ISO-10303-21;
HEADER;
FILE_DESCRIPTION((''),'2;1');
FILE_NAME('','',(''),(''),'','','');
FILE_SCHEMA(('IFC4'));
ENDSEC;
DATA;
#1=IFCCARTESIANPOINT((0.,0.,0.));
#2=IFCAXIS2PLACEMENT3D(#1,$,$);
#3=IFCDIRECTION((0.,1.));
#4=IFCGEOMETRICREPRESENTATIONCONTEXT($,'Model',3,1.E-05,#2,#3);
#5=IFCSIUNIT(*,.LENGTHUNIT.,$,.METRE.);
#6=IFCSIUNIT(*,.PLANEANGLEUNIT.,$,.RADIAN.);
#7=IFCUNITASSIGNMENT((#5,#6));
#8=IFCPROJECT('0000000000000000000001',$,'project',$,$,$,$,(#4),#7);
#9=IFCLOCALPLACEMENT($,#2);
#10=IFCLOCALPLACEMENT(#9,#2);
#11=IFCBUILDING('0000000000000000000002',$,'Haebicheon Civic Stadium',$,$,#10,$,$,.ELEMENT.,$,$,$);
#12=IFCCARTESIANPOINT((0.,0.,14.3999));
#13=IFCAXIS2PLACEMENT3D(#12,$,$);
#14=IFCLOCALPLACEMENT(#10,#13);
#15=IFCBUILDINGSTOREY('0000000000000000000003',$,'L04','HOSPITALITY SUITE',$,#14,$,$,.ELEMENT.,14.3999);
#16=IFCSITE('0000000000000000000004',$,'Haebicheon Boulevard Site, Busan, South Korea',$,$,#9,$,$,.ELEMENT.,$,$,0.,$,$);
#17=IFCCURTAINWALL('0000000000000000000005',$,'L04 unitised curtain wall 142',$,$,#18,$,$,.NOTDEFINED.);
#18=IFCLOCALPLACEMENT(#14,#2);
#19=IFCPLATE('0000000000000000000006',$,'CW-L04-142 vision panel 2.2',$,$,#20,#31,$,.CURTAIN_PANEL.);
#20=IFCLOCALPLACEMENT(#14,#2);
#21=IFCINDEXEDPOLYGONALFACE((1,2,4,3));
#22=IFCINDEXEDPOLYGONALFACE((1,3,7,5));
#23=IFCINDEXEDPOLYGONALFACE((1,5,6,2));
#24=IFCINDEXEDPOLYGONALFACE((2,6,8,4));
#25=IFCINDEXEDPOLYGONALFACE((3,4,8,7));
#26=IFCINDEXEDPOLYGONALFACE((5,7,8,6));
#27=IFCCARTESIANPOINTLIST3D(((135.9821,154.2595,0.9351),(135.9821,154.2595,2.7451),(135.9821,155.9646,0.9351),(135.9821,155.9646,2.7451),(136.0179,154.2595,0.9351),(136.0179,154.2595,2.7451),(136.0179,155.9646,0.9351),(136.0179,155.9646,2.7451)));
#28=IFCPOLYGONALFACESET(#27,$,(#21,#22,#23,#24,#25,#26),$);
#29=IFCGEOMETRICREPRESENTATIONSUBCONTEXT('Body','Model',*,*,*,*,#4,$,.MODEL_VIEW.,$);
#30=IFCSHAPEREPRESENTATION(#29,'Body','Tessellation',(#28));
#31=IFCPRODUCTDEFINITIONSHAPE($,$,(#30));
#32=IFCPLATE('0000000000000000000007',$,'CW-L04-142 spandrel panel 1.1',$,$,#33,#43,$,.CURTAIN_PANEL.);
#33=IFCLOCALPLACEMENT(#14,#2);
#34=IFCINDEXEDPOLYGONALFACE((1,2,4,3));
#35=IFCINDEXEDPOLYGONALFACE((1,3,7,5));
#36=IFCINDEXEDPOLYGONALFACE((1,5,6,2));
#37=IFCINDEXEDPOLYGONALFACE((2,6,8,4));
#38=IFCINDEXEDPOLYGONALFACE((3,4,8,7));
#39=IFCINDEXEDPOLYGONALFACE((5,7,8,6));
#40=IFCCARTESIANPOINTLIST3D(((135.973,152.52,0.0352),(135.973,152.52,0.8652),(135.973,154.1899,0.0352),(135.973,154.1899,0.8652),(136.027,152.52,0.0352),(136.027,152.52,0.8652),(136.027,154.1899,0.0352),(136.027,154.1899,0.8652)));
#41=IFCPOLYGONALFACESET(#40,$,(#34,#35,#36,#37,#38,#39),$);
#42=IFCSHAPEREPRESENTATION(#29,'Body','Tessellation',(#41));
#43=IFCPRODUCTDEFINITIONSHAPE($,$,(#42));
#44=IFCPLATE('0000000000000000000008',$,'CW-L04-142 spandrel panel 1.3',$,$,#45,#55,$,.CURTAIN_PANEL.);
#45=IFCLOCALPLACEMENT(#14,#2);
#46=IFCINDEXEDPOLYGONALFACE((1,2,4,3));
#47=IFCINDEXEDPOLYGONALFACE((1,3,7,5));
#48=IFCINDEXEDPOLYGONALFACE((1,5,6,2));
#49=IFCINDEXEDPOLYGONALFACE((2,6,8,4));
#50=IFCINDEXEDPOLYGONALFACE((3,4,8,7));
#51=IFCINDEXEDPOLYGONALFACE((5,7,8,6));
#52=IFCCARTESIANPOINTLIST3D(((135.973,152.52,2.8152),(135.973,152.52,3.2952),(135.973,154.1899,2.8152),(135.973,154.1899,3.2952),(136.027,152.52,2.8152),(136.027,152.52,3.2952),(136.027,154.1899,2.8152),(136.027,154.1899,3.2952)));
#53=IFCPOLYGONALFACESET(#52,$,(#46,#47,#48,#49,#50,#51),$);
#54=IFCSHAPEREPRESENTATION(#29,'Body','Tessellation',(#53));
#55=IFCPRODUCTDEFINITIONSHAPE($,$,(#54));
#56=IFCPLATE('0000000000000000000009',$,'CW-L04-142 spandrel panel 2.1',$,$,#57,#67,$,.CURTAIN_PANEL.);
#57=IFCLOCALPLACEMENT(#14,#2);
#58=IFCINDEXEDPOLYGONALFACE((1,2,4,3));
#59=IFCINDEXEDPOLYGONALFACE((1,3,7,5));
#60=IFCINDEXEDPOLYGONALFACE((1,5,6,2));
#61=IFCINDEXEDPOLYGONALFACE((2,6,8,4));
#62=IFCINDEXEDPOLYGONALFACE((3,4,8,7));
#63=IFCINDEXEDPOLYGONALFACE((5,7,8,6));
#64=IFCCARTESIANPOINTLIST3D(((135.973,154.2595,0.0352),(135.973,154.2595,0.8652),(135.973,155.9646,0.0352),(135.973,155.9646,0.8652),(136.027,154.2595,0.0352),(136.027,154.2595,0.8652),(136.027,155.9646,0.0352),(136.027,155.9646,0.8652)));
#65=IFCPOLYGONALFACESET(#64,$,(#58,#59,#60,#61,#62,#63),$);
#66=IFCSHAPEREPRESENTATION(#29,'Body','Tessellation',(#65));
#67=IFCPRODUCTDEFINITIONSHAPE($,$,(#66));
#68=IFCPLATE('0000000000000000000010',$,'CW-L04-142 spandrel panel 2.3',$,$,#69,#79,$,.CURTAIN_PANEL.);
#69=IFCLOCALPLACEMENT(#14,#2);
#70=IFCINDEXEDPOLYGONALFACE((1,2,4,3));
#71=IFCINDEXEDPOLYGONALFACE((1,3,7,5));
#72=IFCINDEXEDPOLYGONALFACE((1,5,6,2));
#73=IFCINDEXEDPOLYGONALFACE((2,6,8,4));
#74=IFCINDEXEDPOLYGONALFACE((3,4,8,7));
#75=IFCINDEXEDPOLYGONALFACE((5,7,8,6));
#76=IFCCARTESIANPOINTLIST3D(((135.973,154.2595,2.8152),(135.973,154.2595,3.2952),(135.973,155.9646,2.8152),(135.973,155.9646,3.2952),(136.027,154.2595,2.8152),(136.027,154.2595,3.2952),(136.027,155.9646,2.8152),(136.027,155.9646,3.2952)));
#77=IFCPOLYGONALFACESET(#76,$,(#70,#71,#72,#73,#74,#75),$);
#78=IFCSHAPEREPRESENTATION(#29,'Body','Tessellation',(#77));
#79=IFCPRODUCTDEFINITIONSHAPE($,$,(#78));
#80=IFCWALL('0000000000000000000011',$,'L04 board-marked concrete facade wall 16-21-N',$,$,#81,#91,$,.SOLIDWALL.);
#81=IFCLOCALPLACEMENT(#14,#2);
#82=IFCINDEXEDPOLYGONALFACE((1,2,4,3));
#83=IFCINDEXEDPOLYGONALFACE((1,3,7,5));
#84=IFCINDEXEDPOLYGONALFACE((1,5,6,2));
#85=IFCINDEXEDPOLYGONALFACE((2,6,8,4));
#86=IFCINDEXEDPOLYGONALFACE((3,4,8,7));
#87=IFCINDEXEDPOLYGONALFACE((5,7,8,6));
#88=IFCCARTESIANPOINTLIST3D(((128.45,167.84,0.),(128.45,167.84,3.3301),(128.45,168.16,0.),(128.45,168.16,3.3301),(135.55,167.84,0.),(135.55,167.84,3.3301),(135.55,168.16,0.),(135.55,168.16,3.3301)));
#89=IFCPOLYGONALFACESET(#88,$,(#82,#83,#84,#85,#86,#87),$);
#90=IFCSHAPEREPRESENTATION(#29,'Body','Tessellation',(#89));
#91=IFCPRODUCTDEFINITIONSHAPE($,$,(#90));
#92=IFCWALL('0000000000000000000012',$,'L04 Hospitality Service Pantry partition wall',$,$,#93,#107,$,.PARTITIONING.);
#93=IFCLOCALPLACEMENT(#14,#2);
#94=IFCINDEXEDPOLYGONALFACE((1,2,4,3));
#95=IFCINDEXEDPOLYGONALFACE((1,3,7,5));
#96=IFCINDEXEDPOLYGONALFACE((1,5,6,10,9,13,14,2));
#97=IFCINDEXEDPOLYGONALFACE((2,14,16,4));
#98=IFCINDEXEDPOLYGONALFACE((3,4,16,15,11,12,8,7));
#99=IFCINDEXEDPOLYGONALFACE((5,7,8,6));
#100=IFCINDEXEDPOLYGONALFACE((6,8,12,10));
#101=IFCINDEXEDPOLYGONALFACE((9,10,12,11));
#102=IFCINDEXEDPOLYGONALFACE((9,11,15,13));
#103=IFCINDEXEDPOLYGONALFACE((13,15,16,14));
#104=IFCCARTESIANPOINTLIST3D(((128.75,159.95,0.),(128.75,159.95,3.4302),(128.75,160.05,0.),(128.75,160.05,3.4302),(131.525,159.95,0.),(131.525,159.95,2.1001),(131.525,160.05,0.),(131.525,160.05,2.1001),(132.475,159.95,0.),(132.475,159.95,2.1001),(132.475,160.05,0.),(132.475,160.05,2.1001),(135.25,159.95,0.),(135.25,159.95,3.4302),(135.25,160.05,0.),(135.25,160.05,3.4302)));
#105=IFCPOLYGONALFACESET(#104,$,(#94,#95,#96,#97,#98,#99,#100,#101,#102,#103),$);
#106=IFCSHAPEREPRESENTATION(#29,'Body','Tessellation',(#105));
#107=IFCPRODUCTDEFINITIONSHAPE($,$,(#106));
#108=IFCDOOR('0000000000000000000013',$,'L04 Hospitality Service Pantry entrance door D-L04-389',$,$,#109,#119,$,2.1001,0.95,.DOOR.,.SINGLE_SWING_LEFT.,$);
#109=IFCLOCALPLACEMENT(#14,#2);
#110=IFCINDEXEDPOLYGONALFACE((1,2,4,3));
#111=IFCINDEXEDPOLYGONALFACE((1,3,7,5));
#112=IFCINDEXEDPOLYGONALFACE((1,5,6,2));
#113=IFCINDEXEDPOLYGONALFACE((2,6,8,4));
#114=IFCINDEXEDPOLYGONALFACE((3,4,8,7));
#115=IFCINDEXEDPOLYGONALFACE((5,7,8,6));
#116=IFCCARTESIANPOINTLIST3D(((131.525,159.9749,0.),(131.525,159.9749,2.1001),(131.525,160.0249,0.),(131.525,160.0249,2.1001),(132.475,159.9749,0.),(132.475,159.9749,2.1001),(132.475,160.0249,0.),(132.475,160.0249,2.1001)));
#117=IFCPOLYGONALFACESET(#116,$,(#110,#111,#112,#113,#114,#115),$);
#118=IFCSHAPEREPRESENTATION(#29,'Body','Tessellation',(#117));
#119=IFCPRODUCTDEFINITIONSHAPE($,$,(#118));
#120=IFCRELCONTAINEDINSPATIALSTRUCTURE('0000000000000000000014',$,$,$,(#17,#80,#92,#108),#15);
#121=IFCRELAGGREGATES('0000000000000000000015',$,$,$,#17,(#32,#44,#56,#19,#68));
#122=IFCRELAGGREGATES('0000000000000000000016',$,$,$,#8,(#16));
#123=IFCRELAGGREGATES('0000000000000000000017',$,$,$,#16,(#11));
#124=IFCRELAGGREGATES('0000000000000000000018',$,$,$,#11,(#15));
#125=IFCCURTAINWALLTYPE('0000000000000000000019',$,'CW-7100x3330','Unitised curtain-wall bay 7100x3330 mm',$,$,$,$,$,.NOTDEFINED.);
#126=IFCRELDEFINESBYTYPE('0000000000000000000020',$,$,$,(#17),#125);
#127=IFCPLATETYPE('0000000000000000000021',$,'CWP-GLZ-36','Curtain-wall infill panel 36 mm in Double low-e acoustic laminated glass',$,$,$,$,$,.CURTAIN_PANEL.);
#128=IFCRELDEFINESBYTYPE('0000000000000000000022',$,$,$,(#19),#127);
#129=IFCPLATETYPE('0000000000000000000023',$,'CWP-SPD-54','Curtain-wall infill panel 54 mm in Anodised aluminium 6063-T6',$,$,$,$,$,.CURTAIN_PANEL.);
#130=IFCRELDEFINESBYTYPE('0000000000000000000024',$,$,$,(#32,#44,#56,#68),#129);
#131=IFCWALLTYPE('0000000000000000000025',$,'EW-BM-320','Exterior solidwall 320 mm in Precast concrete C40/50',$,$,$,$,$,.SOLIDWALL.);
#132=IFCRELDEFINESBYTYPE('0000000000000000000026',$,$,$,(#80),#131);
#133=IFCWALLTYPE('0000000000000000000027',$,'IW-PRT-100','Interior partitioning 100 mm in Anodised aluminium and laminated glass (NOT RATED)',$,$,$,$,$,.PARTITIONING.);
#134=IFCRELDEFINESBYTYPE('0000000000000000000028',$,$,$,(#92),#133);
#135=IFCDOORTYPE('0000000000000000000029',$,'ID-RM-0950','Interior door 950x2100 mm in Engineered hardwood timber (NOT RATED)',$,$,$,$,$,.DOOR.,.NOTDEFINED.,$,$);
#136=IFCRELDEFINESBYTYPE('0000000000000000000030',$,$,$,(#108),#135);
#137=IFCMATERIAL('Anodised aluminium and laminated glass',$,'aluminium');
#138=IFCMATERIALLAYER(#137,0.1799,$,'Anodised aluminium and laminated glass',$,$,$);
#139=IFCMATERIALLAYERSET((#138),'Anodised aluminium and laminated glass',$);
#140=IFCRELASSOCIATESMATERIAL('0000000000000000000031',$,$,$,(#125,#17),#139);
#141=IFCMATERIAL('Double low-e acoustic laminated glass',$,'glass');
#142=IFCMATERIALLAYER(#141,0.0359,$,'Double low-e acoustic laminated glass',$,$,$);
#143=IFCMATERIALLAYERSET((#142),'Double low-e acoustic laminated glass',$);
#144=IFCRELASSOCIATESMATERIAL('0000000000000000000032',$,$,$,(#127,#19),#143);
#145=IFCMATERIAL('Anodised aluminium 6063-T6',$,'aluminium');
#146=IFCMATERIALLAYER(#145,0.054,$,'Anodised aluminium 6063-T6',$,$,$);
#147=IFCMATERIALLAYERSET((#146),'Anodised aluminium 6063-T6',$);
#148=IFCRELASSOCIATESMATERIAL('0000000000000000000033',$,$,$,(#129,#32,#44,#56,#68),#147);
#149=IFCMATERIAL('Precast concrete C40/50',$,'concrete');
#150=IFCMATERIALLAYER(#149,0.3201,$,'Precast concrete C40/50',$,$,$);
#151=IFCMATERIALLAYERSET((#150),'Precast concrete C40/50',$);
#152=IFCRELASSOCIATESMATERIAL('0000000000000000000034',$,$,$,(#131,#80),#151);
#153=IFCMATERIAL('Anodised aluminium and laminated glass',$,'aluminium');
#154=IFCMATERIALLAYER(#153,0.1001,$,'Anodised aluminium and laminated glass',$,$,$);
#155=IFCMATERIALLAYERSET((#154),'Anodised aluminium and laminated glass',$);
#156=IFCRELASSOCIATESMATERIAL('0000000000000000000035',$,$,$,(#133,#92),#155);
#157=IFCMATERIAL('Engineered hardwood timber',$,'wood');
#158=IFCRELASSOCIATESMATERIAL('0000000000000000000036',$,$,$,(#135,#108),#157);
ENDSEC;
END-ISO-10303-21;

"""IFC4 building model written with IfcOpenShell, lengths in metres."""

from ifc_helpers import new_model, si_unit, direction, frame, frame_2d, origin, origin_2d, place, context, subcontext, project, spatial, rectangle, extrude, material, layer, layer_set, type_object, element, fill, aggregate, save


model = new_model("IFC4")

# Units and contexts
model_context = context("Model", 3, precision=1e-05, world=origin(), true_north=direction((0.0, 1.0)))
body_context = subcontext(model_context, "Body", "Model", "MODEL_VIEW")
ifc_project = project(units=[si_unit("LENGTHUNIT", "METRE"), si_unit("PLANEANGLEUNIT", "RADIAN")], contexts=[model_context])

# Site, building, storey
site_placement = place(None, origin())
site = spatial("IfcSite", under=ifc_project, at=site_placement, Name="Haebicheon Boulevard Site, Busan, South Korea", CompositionType="ELEMENT", RefElevation=0.0)
building_placement = place(site_placement, origin())
building = spatial("IfcBuilding", under=site, at=building_placement, Name="Haebicheon Civic Stadium", CompositionType="ELEMENT")
storey_placement = place(building_placement, frame((0.0, 0.0, 14.3999)))
storey = spatial("IfcBuildingStorey", under=building, at=storey_placement, Name="L04", Description="HOSPITALITY SUITE", CompositionType="ELEMENT", Elevation=14.3999)

# Curtain wall
ifc_material_1 = material(Name="Anodised aluminium and laminated glass", Category="aluminium")
ifc_layer_1 = layer(ifc_material_1, 0.1799, Name="Anodised aluminium and laminated glass")
ifc_layer_set_1 = layer_set([ifc_layer_1], Name="Anodised aluminium and laminated glass")
curtain_wall_type = type_object("IfcCurtainWallType", Name="CW-7100x3330", Description="Unitised curtain-wall bay 7100x3330 mm", PredefinedType="NOTDEFINED", material=ifc_layer_set_1)
curtain_wall_placement = place(storey_placement, origin())
curtain_wall = element("IfcCurtainWall", 1, at=curtain_wall_placement, inside=storey, type_object=curtain_wall_type, material=ifc_layer_set_1, Name="L04 unitised curtain wall 142", PredefinedType="NOTDEFINED")

# Plates
ifc_material_2 = material(Name="Double low-e acoustic laminated glass", Category="glass")
ifc_layer_2 = layer(ifc_material_2, 0.0359, Name="Double low-e acoustic laminated glass")
ifc_layer_set_2 = layer_set([ifc_layer_2], Name="Double low-e acoustic laminated glass")
plate_type_1 = type_object("IfcPlateType", Name="CWP-GLZ-36", Description="Curtain-wall infill panel 36 mm in Double low-e acoustic laminated glass", PredefinedType="CURTAIN_PANEL", material=ifc_layer_set_2)
plate_1_placement = place(storey_placement, frame((136.0, 155.1121, 0.9351), z_axis=(0.0, 0.0, 1.0), x_axis=(0.0, 1.0, 0.0)))
plate_1 = element("IfcPlate", 2, at=plate_1_placement, type_object=plate_type_1, material=ifc_layer_set_2, Name="CW-L04-142 vision panel 2.2", PredefinedType="CURTAIN_PANEL", context=body_context, shape_type="SweptSolid", body=[
    extrude(rectangle(XDim=1.7051, YDim=0.0359, at=origin_2d()), origin(), (0.0, 0.0, 1.0), 1.8101),
])
ifc_material_3 = material(Name="Anodised aluminium 6063-T6", Category="aluminium")
ifc_layer_3 = layer(ifc_material_3, 0.054, Name="Anodised aluminium 6063-T6")
ifc_layer_set_3 = layer_set([ifc_layer_3], Name="Anodised aluminium 6063-T6")
plate_type_2 = type_object("IfcPlateType", Name="CWP-SPD-54", Description="Curtain-wall infill panel 54 mm in Anodised aluminium 6063-T6", PredefinedType="CURTAIN_PANEL", material=ifc_layer_set_3)
plate_2_placement = place(storey_placement, frame((136.0, 153.355, 0.0352), z_axis=(0.0, 0.0, 1.0), x_axis=(0.0, 1.0, 0.0)))
plate_2 = element("IfcPlate", 3, at=plate_2_placement, type_object=plate_type_2, material=ifc_layer_set_3, Name="CW-L04-142 spandrel panel 1.1", PredefinedType="CURTAIN_PANEL", context=body_context, shape_type="SweptSolid", body=[
    extrude(rectangle(XDim=1.6699, YDim=0.054, at=origin_2d()), origin(), (0.0, 0.0, 1.0), 0.8301),
])
plate_3_placement = place(storey_placement, frame((136.0, 153.355, 2.8152), z_axis=(0.0, 0.0, 1.0), x_axis=(0.0, 1.0, 0.0)))
plate_3 = element("IfcPlate", 4, at=plate_3_placement, type_object=plate_type_2, material=ifc_layer_set_3, Name="CW-L04-142 spandrel panel 1.3", PredefinedType="CURTAIN_PANEL", context=body_context, shape_type="SweptSolid", body=[
    extrude(rectangle(XDim=1.6699, YDim=0.054, at=origin_2d()), origin(), (0.0, 0.0, 1.0), 0.48),
])
plate_4_placement = place(storey_placement, frame((136.0, 155.1121, 0.0352), z_axis=(0.0, 0.0, 1.0), x_axis=(0.0, 1.0, 0.0)))
plate_4 = element("IfcPlate", 5, at=plate_4_placement, type_object=plate_type_2, material=ifc_layer_set_3, Name="CW-L04-142 spandrel panel 2.1", PredefinedType="CURTAIN_PANEL", context=body_context, shape_type="SweptSolid", body=[
    extrude(rectangle(XDim=1.7051, YDim=0.054, at=origin_2d()), origin(), (0.0, 0.0, 1.0), 0.8301),
])
plate_5_placement = place(storey_placement, frame((136.0, 155.1121, 2.8152), z_axis=(0.0, 0.0, 1.0), x_axis=(0.0, 1.0, 0.0)))
plate_5 = element("IfcPlate", 6, at=plate_5_placement, type_object=plate_type_2, material=ifc_layer_set_3, Name="CW-L04-142 spandrel panel 2.3", PredefinedType="CURTAIN_PANEL", context=body_context, shape_type="SweptSolid", body=[
    extrude(rectangle(XDim=1.7051, YDim=0.054, at=origin_2d()), origin(), (0.0, 0.0, 1.0), 0.48),
])
aggregate(curtain_wall, [plate_2, plate_3, plate_4, plate_1, plate_5])

# Wall
ifc_material_4 = material(Name="Precast concrete C40/50", Category="concrete")
ifc_layer_4 = layer(ifc_material_4, 0.3201, Name="Precast concrete C40/50")
ifc_layer_set_4 = layer_set([ifc_layer_4], Name="Precast concrete C40/50")
wall_type_1 = type_object("IfcWallType", Name="EW-BM-320", Description="Exterior solidwall 320 mm in Precast concrete C40/50", PredefinedType="SOLIDWALL", material=ifc_layer_set_4)
wall_1_placement = place(storey_placement, frame((128.45, 168.0, 0.0), z_axis=(0.0, 0.0, 1.0), x_axis=(1.0, 0.0, 0.0)))
element("IfcWall", 7, at=wall_1_placement, inside=storey, type_object=wall_type_1, material=ifc_layer_set_4, Name="L04 board-marked concrete facade wall 16-21-N", PredefinedType="SOLIDWALL", context=body_context, shape_type="SweptSolid", body=[
    extrude(rectangle(XDim=7.1001, YDim=0.3201, at=frame_2d((3.55, 0.0))), origin(), (0.0, 0.0, 1.0), 3.3301),
])

# Wall, opening, door
ifc_material_5 = material(Name="Anodised aluminium and laminated glass", Category="aluminium")
ifc_layer_5 = layer(ifc_material_5, 0.1001, Name="Anodised aluminium and laminated glass")
ifc_layer_set_5 = layer_set([ifc_layer_5], Name="Anodised aluminium and laminated glass")
wall_type_2 = type_object("IfcWallType", Name="IW-PRT-100", Description="Interior partitioning 100 mm in Anodised aluminium and laminated glass (NOT RATED)", PredefinedType="PARTITIONING", material=ifc_layer_set_5)
wall_2_placement = place(storey_placement, frame((128.75, 160.0, 0.0), z_axis=(0.0, 0.0, 1.0), x_axis=(1.0, 0.0, 0.0)))
wall_2 = element("IfcWall", 8, at=wall_2_placement, inside=storey, type_object=wall_type_2, material=ifc_layer_set_5, Name="L04 Hospitality Service Pantry partition wall", PredefinedType="PARTITIONING", context=body_context, shape_type="SweptSolid", body=[
    extrude(rectangle(XDim=6.5, YDim=0.1001, at=frame_2d((3.25, 0.0))), origin(), (0.0, 0.0, 1.0), 3.4302),
])
opening_placement = place(wall_2_placement, frame((2.7749, 0.0, 0.0)))
opening = element("IfcOpeningElement", 9, at=opening_placement, cuts=wall_2, PredefinedType="OPENING", context=body_context, shape_type="SweptSolid", body=[
    extrude(rectangle(XDim=0.95, YDim=2.1001, at=frame_2d((0.4751, 1.05))), frame((0.0, 0.0601, 0.0), z_axis=(0.0, -1.0, 0.0), x_axis=(1.0, 0.0, 0.0)), (0.0, 0.0, 1.0), 0.1201),
])
ifc_material_6 = material(Name="Engineered hardwood timber", Category="wood")
door_type = type_object("IfcDoorType", Name="ID-RM-0950", Description="Interior door 950x2100 mm in Engineered hardwood timber (NOT RATED)", OperationType="NOTDEFINED", PredefinedType="DOOR", material=ifc_material_6)
door_placement = place(opening_placement, origin())
door = element("IfcDoor", 10, at=door_placement, inside=storey, type_object=door_type, material=ifc_material_6, Name="L04 Hospitality Service Pantry entrance door D-L04-389", OperationType="SINGLE_SWING_LEFT", OverallHeight=2.1001, OverallWidth=0.95, PredefinedType="DOOR", context=body_context, shape_type="SweptSolid", body=[
    extrude(rectangle(XDim=0.95, YDim=2.1001, at=frame_2d((0.4751, 1.05))), frame((0.0, 0.0249, 0.0), z_axis=(0.0, -1.0, 0.0), x_axis=(1.0, 0.0, 0.0)), (0.0, 0.0, 1.0), 0.05),
])
fill(opening, door)

save(model, "model.ifc")
